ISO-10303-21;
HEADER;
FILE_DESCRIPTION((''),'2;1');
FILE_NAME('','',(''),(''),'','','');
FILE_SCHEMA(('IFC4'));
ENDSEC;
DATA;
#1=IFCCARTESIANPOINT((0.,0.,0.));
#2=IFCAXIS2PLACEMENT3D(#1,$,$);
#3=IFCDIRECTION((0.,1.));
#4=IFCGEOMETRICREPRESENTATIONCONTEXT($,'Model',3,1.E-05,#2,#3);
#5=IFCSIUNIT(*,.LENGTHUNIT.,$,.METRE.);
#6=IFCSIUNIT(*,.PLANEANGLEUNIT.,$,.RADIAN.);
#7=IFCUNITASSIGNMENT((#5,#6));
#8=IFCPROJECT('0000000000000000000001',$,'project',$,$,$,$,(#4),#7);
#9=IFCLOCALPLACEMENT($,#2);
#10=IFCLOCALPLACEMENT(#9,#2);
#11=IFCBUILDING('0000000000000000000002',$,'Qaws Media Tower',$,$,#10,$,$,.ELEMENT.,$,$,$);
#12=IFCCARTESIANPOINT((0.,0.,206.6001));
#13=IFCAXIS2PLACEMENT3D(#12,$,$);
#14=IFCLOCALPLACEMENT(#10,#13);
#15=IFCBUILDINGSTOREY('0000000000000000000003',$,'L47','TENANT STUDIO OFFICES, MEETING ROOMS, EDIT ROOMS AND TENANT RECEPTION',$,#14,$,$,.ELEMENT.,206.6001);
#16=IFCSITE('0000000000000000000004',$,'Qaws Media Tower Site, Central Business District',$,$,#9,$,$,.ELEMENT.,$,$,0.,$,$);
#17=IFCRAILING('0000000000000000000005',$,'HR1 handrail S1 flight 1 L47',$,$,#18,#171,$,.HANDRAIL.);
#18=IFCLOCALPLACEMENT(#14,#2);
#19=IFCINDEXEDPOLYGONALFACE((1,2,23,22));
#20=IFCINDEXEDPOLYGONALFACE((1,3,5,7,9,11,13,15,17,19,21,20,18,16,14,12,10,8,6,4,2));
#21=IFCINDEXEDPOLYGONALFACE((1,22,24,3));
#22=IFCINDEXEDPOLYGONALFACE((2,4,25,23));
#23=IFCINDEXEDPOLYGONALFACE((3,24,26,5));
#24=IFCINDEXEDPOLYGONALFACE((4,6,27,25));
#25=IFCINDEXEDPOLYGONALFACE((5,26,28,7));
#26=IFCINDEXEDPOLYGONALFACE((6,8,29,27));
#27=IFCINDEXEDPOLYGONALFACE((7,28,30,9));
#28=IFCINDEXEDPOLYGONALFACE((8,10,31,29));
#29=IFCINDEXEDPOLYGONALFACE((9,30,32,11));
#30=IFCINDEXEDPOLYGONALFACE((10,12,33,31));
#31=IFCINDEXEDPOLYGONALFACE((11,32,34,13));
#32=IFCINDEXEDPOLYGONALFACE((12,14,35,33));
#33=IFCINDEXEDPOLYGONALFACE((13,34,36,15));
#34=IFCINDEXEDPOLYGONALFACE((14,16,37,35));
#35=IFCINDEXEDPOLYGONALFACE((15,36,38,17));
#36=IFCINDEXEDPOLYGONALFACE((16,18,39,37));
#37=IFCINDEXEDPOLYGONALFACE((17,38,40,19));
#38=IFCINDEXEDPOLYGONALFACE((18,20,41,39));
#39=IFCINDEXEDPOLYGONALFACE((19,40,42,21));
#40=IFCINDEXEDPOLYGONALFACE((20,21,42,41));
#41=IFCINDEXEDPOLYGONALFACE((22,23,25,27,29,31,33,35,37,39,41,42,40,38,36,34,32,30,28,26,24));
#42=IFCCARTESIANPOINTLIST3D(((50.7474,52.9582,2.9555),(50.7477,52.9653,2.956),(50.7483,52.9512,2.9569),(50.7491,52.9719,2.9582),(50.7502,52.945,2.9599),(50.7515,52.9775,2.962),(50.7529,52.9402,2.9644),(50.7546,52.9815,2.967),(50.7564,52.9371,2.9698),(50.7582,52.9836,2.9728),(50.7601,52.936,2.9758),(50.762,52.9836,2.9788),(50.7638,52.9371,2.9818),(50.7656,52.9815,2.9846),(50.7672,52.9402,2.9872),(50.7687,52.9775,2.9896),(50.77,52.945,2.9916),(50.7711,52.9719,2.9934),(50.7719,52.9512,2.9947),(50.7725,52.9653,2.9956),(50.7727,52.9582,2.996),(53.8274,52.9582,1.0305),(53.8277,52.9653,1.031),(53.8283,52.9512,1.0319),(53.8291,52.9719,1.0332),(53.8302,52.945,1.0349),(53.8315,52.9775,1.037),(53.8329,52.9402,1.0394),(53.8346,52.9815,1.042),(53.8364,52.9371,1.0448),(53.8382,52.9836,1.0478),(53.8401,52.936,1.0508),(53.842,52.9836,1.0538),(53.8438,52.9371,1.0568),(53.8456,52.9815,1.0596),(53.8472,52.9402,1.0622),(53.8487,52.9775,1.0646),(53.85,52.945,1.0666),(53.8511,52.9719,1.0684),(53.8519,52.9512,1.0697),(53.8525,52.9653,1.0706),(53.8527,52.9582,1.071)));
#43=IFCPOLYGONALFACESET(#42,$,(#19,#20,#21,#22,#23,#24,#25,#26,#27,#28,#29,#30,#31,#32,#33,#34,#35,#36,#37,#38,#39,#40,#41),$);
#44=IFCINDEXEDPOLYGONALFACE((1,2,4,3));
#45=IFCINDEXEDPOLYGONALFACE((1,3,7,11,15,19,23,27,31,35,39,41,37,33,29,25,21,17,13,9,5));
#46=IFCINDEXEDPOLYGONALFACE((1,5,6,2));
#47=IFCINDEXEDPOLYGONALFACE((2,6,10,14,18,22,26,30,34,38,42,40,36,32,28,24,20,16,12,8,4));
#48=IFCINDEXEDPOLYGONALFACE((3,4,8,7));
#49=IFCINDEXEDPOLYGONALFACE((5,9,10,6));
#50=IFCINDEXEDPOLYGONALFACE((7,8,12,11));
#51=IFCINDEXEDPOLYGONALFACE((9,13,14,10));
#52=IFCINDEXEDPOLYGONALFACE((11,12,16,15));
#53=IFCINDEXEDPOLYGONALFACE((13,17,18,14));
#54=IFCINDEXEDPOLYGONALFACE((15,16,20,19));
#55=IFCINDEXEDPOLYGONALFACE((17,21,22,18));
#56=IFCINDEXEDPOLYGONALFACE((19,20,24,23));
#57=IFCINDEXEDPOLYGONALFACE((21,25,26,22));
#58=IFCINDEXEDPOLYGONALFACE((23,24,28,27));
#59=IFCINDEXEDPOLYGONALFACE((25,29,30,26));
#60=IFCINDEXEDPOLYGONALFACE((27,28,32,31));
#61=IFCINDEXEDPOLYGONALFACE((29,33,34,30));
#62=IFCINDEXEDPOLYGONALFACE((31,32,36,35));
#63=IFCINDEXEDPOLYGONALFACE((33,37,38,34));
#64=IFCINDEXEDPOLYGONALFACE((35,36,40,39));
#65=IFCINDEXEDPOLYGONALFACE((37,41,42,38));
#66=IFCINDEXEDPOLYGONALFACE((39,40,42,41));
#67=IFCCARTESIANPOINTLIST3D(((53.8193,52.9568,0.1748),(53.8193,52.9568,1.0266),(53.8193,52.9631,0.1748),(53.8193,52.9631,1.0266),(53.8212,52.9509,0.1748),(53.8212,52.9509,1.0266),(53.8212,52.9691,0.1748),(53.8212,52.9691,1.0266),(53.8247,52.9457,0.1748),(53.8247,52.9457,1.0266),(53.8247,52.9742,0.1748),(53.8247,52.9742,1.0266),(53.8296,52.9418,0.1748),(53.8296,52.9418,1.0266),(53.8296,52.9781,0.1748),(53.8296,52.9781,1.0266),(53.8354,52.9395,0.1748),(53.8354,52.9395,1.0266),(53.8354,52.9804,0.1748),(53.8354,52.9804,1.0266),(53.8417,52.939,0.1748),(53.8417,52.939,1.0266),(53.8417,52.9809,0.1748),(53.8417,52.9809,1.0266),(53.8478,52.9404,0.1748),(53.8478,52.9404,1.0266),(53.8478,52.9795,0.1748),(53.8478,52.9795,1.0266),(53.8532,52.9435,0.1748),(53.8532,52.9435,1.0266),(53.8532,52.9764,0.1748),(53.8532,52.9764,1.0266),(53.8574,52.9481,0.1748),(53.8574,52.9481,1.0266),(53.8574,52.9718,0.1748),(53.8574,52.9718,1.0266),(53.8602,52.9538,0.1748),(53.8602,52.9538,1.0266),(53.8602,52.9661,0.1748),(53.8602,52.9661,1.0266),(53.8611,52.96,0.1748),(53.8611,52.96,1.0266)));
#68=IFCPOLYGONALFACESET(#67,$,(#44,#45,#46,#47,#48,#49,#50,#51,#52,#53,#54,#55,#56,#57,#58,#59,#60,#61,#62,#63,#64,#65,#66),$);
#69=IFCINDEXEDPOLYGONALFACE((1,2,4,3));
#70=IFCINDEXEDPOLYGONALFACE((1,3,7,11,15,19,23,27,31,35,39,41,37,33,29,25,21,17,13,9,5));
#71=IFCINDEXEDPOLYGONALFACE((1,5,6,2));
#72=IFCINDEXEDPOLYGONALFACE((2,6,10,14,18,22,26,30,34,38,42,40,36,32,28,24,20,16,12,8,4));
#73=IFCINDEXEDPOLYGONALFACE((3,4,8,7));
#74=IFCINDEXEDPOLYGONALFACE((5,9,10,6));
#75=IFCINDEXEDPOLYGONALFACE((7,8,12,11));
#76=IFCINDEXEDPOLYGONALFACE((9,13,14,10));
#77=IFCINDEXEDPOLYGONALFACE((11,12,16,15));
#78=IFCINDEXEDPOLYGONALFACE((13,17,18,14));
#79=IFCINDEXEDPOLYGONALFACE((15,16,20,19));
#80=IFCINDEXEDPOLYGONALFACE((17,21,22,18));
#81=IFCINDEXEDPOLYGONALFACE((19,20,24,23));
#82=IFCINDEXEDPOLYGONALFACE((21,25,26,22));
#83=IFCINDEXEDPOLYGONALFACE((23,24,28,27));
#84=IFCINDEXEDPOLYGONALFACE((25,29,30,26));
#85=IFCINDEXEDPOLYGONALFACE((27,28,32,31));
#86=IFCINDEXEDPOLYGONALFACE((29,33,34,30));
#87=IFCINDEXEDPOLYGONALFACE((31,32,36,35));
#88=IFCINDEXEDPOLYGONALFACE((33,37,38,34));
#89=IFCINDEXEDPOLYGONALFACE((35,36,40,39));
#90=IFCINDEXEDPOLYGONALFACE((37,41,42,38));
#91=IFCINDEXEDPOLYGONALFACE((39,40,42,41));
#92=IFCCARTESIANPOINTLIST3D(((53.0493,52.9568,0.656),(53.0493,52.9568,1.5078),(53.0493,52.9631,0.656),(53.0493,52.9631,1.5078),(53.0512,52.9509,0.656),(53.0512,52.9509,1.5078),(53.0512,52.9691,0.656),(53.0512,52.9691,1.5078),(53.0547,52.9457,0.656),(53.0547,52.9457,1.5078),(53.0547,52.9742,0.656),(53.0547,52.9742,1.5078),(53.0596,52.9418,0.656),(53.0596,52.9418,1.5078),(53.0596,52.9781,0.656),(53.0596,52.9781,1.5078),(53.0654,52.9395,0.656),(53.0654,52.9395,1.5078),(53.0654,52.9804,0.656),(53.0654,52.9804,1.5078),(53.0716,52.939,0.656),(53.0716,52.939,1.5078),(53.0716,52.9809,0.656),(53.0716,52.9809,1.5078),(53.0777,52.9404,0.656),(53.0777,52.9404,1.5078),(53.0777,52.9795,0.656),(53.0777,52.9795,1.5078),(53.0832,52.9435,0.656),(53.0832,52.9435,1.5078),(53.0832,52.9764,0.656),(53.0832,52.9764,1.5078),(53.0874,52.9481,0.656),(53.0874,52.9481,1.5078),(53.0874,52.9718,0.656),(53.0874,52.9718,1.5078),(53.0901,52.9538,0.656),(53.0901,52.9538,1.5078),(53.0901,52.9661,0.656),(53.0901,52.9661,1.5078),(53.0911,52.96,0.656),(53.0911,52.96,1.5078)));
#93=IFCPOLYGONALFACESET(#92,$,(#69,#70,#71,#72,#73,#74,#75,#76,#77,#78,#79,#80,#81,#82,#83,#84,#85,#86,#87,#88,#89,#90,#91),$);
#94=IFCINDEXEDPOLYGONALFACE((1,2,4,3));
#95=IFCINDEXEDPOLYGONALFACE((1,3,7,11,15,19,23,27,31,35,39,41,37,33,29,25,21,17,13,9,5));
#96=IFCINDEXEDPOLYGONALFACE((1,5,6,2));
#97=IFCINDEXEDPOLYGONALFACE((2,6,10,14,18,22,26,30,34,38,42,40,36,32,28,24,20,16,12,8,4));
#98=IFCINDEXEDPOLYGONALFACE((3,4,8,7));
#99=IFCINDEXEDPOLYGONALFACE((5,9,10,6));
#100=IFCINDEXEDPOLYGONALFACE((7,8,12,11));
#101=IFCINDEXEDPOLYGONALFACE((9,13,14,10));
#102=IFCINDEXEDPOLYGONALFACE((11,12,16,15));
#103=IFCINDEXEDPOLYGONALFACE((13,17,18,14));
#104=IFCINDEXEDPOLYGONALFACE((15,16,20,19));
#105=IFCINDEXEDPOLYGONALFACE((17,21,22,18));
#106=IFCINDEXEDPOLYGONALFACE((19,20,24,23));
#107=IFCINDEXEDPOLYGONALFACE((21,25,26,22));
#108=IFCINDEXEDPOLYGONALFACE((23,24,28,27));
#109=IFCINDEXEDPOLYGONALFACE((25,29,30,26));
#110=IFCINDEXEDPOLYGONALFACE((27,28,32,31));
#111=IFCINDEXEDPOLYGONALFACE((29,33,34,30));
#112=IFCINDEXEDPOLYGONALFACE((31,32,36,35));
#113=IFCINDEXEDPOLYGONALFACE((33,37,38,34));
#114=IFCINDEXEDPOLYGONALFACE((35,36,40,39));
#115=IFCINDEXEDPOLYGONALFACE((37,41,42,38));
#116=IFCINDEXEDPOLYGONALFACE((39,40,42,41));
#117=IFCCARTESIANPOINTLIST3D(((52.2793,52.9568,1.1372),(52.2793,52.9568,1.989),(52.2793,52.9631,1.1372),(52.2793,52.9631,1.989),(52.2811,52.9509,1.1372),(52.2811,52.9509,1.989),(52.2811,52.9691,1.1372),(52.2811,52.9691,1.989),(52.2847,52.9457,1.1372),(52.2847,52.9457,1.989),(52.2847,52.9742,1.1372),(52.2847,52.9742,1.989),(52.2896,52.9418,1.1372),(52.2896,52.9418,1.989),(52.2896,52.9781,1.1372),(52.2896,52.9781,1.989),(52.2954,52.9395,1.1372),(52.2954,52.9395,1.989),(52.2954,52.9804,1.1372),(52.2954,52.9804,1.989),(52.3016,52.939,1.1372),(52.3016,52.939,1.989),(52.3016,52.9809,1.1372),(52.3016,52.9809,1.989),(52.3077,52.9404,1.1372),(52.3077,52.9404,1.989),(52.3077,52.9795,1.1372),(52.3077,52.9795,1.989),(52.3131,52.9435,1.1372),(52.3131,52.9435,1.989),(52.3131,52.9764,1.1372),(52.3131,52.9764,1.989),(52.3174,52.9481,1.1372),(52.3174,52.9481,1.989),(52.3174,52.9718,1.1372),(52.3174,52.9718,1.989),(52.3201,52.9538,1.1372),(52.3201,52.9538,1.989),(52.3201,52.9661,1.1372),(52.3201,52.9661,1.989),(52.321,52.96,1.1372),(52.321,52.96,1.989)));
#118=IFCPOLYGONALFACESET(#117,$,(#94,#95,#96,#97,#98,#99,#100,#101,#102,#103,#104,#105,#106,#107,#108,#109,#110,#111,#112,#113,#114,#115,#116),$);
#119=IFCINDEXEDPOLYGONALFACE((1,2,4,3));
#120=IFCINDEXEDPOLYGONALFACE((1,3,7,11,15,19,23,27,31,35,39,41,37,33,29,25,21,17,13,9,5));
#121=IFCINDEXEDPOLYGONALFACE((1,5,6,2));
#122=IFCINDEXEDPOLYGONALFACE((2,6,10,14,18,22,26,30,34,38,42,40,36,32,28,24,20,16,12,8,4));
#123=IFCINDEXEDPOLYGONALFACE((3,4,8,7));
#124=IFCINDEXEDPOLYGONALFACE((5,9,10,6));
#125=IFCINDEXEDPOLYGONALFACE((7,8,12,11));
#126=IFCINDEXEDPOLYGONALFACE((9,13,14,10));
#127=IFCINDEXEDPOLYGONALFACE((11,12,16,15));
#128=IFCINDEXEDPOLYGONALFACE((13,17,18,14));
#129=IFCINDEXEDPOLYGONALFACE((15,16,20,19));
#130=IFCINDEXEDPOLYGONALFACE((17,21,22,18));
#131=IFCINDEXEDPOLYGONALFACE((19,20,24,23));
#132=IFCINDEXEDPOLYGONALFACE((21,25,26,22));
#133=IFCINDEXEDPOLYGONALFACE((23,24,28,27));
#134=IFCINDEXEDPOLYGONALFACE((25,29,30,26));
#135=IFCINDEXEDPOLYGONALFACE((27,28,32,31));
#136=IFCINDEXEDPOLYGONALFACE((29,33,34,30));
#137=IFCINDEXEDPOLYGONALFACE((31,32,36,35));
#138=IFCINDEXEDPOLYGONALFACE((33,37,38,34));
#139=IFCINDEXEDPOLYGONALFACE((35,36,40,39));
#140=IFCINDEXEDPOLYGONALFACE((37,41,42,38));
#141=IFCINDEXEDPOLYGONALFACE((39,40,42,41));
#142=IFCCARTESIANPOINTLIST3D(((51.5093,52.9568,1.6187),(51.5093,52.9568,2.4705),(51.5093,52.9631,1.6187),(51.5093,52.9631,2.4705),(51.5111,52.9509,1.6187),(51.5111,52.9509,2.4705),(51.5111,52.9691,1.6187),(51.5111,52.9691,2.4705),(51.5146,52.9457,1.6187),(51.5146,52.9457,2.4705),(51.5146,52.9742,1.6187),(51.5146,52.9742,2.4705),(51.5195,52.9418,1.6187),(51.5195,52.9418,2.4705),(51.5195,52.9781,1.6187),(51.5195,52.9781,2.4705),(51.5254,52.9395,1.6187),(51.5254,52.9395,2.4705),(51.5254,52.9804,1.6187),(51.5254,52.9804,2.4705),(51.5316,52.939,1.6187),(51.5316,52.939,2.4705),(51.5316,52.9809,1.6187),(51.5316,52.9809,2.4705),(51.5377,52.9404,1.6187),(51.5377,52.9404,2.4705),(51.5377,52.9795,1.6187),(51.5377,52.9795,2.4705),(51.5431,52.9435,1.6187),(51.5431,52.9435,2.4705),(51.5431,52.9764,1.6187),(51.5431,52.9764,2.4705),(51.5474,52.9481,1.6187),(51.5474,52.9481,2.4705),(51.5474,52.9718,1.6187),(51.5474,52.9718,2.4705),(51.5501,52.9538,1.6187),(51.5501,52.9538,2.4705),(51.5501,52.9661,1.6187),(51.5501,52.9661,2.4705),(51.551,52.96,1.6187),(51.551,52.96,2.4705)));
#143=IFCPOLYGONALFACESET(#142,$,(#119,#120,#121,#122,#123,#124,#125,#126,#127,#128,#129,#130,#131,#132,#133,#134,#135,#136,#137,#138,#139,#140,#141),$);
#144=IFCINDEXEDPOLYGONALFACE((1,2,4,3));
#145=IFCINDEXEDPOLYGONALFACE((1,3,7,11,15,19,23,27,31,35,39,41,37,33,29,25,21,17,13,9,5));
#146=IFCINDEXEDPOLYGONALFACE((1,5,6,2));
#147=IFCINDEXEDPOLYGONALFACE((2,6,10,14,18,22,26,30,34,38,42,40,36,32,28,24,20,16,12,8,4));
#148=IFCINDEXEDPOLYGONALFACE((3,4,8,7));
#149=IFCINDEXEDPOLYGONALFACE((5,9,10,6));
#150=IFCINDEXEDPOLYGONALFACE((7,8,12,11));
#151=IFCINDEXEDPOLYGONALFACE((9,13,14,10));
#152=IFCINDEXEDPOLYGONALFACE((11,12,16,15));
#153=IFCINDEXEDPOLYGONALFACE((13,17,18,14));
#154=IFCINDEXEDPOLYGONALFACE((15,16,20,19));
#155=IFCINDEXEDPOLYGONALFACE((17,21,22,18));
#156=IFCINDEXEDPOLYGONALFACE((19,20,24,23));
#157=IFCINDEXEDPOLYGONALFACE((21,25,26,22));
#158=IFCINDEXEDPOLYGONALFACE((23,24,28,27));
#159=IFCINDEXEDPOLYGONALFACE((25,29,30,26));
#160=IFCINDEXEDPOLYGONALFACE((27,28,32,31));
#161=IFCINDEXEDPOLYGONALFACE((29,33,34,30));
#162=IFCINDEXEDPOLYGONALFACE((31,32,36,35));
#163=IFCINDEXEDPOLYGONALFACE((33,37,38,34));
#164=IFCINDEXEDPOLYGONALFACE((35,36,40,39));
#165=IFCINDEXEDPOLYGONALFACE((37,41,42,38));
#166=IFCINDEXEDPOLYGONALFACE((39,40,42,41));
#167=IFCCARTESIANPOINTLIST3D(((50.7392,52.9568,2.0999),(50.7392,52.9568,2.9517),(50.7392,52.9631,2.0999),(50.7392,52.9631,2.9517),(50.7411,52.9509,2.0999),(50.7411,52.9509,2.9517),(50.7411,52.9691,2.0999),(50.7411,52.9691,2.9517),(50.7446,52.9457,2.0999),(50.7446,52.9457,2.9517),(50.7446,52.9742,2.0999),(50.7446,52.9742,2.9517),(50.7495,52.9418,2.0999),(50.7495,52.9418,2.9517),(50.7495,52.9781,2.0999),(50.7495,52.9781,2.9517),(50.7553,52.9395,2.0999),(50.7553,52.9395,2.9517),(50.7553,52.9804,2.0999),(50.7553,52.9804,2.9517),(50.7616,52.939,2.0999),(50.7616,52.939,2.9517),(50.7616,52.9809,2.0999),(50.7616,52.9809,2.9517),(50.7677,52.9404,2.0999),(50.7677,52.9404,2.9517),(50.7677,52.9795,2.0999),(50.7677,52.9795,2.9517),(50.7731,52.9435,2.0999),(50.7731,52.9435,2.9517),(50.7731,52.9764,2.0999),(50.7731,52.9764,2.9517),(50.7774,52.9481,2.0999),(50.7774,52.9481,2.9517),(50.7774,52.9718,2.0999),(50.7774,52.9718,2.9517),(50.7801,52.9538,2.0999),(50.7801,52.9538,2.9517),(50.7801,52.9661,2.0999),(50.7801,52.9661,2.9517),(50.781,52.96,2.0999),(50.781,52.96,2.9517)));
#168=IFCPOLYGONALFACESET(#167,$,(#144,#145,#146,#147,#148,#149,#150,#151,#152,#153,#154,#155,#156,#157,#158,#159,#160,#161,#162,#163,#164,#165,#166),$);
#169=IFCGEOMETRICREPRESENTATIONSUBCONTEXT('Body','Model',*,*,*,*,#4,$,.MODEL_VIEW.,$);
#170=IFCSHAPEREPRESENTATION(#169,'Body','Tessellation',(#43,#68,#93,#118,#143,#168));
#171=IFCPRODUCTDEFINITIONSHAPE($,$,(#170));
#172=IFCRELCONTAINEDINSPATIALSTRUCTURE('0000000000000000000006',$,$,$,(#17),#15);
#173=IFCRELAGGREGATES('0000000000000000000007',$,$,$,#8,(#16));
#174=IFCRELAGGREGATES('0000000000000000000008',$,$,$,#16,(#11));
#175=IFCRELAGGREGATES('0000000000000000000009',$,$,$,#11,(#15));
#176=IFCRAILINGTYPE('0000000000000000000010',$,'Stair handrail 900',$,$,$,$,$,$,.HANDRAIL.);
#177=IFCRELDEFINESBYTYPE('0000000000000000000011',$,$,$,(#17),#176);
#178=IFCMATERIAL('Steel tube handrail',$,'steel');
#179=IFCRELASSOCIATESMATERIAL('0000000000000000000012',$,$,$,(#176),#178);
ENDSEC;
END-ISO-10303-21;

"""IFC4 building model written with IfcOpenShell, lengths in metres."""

from ifc_helpers import new_model, si_unit, direction, frame, origin, origin_2d, place, context, subcontext, project, spatial, circle, extrude, material, type_object, element, save


model = new_model("IFC4")

# Units and contexts
model_context = context("Model", 3, precision=1e-05, world=origin(), true_north=direction((0.0, 1.0)))
body_context = subcontext(model_context, "Body", "Model", "MODEL_VIEW")
ifc_project = project(units=[si_unit("LENGTHUNIT", "METRE"), si_unit("PLANEANGLEUNIT", "RADIAN")], contexts=[model_context])

# Site, building, storey
site_placement = place(None, origin())
site = spatial("IfcSite", under=ifc_project, at=site_placement, Name="Qaws Media Tower Site, Central Business District", CompositionType="ELEMENT", RefElevation=0.0)
building_placement = place(site_placement, origin())
building = spatial("IfcBuilding", under=site, at=building_placement, Name="Qaws Media Tower", CompositionType="ELEMENT")
storey_placement = place(building_placement, frame((0.0, 0.0, 206.6001)))
storey = spatial("IfcBuildingStorey", under=building, at=storey_placement, Name="L47", Description="TENANT STUDIO OFFICES, MEETING ROOMS, EDIT ROOMS AND TENANT RECEPTION", CompositionType="ELEMENT", Elevation=206.6001)

# Railing
ifc_material_1 = material(Name="Steel tube handrail", Category="steel")
railing_type = type_object("IfcRailingType", Name="Stair handrail 900", PredefinedType="HANDRAIL", material=ifc_material_1)
for number, where, name in (
    (1, (53.8401, 52.96, 0.1748), "HR1 handrail S1 flight 1 L47"),
):
    element("IfcRailing", number, at=place(storey_placement, frame(where)), inside=storey, type_object=railing_type, Name=name, PredefinedType="HANDRAIL", context=body_context, shape_type="SweptSolid", body=[
        extrude(circle(Radius=0.0239, at=origin_2d()), frame((0.0, 0.0, 0.876), z_axis=(-0.847998, 0.0, 0.529999), x_axis=(0.0, -1.0, 0.0)), (0.0, 0.0, 1.0), 3.6321),
        extrude(circle(Radius=0.021, at=origin_2d()), origin(), (0.0, 0.0, 1.0), 0.8518),
        extrude(circle(Radius=0.021, at=origin_2d()), frame((-0.77, 0.0, 0.4812)), (0.0, 0.0, 1.0), 0.8518),
        extrude(circle(Radius=0.021, at=origin_2d()), frame((-1.54, 0.0, 0.9624)), (0.0, 0.0, 1.0), 0.8518),
        extrude(circle(Radius=0.021, at=origin_2d()), frame((-2.3101, 0.0, 1.4438)), (0.0, 0.0, 1.0), 0.8518),
        extrude(circle(Radius=0.021, at=origin_2d()), frame((-3.0801, 0.0, 1.925)), (0.0, 0.0, 1.0), 0.8518),
    ])

save(model, "model.ifc")
